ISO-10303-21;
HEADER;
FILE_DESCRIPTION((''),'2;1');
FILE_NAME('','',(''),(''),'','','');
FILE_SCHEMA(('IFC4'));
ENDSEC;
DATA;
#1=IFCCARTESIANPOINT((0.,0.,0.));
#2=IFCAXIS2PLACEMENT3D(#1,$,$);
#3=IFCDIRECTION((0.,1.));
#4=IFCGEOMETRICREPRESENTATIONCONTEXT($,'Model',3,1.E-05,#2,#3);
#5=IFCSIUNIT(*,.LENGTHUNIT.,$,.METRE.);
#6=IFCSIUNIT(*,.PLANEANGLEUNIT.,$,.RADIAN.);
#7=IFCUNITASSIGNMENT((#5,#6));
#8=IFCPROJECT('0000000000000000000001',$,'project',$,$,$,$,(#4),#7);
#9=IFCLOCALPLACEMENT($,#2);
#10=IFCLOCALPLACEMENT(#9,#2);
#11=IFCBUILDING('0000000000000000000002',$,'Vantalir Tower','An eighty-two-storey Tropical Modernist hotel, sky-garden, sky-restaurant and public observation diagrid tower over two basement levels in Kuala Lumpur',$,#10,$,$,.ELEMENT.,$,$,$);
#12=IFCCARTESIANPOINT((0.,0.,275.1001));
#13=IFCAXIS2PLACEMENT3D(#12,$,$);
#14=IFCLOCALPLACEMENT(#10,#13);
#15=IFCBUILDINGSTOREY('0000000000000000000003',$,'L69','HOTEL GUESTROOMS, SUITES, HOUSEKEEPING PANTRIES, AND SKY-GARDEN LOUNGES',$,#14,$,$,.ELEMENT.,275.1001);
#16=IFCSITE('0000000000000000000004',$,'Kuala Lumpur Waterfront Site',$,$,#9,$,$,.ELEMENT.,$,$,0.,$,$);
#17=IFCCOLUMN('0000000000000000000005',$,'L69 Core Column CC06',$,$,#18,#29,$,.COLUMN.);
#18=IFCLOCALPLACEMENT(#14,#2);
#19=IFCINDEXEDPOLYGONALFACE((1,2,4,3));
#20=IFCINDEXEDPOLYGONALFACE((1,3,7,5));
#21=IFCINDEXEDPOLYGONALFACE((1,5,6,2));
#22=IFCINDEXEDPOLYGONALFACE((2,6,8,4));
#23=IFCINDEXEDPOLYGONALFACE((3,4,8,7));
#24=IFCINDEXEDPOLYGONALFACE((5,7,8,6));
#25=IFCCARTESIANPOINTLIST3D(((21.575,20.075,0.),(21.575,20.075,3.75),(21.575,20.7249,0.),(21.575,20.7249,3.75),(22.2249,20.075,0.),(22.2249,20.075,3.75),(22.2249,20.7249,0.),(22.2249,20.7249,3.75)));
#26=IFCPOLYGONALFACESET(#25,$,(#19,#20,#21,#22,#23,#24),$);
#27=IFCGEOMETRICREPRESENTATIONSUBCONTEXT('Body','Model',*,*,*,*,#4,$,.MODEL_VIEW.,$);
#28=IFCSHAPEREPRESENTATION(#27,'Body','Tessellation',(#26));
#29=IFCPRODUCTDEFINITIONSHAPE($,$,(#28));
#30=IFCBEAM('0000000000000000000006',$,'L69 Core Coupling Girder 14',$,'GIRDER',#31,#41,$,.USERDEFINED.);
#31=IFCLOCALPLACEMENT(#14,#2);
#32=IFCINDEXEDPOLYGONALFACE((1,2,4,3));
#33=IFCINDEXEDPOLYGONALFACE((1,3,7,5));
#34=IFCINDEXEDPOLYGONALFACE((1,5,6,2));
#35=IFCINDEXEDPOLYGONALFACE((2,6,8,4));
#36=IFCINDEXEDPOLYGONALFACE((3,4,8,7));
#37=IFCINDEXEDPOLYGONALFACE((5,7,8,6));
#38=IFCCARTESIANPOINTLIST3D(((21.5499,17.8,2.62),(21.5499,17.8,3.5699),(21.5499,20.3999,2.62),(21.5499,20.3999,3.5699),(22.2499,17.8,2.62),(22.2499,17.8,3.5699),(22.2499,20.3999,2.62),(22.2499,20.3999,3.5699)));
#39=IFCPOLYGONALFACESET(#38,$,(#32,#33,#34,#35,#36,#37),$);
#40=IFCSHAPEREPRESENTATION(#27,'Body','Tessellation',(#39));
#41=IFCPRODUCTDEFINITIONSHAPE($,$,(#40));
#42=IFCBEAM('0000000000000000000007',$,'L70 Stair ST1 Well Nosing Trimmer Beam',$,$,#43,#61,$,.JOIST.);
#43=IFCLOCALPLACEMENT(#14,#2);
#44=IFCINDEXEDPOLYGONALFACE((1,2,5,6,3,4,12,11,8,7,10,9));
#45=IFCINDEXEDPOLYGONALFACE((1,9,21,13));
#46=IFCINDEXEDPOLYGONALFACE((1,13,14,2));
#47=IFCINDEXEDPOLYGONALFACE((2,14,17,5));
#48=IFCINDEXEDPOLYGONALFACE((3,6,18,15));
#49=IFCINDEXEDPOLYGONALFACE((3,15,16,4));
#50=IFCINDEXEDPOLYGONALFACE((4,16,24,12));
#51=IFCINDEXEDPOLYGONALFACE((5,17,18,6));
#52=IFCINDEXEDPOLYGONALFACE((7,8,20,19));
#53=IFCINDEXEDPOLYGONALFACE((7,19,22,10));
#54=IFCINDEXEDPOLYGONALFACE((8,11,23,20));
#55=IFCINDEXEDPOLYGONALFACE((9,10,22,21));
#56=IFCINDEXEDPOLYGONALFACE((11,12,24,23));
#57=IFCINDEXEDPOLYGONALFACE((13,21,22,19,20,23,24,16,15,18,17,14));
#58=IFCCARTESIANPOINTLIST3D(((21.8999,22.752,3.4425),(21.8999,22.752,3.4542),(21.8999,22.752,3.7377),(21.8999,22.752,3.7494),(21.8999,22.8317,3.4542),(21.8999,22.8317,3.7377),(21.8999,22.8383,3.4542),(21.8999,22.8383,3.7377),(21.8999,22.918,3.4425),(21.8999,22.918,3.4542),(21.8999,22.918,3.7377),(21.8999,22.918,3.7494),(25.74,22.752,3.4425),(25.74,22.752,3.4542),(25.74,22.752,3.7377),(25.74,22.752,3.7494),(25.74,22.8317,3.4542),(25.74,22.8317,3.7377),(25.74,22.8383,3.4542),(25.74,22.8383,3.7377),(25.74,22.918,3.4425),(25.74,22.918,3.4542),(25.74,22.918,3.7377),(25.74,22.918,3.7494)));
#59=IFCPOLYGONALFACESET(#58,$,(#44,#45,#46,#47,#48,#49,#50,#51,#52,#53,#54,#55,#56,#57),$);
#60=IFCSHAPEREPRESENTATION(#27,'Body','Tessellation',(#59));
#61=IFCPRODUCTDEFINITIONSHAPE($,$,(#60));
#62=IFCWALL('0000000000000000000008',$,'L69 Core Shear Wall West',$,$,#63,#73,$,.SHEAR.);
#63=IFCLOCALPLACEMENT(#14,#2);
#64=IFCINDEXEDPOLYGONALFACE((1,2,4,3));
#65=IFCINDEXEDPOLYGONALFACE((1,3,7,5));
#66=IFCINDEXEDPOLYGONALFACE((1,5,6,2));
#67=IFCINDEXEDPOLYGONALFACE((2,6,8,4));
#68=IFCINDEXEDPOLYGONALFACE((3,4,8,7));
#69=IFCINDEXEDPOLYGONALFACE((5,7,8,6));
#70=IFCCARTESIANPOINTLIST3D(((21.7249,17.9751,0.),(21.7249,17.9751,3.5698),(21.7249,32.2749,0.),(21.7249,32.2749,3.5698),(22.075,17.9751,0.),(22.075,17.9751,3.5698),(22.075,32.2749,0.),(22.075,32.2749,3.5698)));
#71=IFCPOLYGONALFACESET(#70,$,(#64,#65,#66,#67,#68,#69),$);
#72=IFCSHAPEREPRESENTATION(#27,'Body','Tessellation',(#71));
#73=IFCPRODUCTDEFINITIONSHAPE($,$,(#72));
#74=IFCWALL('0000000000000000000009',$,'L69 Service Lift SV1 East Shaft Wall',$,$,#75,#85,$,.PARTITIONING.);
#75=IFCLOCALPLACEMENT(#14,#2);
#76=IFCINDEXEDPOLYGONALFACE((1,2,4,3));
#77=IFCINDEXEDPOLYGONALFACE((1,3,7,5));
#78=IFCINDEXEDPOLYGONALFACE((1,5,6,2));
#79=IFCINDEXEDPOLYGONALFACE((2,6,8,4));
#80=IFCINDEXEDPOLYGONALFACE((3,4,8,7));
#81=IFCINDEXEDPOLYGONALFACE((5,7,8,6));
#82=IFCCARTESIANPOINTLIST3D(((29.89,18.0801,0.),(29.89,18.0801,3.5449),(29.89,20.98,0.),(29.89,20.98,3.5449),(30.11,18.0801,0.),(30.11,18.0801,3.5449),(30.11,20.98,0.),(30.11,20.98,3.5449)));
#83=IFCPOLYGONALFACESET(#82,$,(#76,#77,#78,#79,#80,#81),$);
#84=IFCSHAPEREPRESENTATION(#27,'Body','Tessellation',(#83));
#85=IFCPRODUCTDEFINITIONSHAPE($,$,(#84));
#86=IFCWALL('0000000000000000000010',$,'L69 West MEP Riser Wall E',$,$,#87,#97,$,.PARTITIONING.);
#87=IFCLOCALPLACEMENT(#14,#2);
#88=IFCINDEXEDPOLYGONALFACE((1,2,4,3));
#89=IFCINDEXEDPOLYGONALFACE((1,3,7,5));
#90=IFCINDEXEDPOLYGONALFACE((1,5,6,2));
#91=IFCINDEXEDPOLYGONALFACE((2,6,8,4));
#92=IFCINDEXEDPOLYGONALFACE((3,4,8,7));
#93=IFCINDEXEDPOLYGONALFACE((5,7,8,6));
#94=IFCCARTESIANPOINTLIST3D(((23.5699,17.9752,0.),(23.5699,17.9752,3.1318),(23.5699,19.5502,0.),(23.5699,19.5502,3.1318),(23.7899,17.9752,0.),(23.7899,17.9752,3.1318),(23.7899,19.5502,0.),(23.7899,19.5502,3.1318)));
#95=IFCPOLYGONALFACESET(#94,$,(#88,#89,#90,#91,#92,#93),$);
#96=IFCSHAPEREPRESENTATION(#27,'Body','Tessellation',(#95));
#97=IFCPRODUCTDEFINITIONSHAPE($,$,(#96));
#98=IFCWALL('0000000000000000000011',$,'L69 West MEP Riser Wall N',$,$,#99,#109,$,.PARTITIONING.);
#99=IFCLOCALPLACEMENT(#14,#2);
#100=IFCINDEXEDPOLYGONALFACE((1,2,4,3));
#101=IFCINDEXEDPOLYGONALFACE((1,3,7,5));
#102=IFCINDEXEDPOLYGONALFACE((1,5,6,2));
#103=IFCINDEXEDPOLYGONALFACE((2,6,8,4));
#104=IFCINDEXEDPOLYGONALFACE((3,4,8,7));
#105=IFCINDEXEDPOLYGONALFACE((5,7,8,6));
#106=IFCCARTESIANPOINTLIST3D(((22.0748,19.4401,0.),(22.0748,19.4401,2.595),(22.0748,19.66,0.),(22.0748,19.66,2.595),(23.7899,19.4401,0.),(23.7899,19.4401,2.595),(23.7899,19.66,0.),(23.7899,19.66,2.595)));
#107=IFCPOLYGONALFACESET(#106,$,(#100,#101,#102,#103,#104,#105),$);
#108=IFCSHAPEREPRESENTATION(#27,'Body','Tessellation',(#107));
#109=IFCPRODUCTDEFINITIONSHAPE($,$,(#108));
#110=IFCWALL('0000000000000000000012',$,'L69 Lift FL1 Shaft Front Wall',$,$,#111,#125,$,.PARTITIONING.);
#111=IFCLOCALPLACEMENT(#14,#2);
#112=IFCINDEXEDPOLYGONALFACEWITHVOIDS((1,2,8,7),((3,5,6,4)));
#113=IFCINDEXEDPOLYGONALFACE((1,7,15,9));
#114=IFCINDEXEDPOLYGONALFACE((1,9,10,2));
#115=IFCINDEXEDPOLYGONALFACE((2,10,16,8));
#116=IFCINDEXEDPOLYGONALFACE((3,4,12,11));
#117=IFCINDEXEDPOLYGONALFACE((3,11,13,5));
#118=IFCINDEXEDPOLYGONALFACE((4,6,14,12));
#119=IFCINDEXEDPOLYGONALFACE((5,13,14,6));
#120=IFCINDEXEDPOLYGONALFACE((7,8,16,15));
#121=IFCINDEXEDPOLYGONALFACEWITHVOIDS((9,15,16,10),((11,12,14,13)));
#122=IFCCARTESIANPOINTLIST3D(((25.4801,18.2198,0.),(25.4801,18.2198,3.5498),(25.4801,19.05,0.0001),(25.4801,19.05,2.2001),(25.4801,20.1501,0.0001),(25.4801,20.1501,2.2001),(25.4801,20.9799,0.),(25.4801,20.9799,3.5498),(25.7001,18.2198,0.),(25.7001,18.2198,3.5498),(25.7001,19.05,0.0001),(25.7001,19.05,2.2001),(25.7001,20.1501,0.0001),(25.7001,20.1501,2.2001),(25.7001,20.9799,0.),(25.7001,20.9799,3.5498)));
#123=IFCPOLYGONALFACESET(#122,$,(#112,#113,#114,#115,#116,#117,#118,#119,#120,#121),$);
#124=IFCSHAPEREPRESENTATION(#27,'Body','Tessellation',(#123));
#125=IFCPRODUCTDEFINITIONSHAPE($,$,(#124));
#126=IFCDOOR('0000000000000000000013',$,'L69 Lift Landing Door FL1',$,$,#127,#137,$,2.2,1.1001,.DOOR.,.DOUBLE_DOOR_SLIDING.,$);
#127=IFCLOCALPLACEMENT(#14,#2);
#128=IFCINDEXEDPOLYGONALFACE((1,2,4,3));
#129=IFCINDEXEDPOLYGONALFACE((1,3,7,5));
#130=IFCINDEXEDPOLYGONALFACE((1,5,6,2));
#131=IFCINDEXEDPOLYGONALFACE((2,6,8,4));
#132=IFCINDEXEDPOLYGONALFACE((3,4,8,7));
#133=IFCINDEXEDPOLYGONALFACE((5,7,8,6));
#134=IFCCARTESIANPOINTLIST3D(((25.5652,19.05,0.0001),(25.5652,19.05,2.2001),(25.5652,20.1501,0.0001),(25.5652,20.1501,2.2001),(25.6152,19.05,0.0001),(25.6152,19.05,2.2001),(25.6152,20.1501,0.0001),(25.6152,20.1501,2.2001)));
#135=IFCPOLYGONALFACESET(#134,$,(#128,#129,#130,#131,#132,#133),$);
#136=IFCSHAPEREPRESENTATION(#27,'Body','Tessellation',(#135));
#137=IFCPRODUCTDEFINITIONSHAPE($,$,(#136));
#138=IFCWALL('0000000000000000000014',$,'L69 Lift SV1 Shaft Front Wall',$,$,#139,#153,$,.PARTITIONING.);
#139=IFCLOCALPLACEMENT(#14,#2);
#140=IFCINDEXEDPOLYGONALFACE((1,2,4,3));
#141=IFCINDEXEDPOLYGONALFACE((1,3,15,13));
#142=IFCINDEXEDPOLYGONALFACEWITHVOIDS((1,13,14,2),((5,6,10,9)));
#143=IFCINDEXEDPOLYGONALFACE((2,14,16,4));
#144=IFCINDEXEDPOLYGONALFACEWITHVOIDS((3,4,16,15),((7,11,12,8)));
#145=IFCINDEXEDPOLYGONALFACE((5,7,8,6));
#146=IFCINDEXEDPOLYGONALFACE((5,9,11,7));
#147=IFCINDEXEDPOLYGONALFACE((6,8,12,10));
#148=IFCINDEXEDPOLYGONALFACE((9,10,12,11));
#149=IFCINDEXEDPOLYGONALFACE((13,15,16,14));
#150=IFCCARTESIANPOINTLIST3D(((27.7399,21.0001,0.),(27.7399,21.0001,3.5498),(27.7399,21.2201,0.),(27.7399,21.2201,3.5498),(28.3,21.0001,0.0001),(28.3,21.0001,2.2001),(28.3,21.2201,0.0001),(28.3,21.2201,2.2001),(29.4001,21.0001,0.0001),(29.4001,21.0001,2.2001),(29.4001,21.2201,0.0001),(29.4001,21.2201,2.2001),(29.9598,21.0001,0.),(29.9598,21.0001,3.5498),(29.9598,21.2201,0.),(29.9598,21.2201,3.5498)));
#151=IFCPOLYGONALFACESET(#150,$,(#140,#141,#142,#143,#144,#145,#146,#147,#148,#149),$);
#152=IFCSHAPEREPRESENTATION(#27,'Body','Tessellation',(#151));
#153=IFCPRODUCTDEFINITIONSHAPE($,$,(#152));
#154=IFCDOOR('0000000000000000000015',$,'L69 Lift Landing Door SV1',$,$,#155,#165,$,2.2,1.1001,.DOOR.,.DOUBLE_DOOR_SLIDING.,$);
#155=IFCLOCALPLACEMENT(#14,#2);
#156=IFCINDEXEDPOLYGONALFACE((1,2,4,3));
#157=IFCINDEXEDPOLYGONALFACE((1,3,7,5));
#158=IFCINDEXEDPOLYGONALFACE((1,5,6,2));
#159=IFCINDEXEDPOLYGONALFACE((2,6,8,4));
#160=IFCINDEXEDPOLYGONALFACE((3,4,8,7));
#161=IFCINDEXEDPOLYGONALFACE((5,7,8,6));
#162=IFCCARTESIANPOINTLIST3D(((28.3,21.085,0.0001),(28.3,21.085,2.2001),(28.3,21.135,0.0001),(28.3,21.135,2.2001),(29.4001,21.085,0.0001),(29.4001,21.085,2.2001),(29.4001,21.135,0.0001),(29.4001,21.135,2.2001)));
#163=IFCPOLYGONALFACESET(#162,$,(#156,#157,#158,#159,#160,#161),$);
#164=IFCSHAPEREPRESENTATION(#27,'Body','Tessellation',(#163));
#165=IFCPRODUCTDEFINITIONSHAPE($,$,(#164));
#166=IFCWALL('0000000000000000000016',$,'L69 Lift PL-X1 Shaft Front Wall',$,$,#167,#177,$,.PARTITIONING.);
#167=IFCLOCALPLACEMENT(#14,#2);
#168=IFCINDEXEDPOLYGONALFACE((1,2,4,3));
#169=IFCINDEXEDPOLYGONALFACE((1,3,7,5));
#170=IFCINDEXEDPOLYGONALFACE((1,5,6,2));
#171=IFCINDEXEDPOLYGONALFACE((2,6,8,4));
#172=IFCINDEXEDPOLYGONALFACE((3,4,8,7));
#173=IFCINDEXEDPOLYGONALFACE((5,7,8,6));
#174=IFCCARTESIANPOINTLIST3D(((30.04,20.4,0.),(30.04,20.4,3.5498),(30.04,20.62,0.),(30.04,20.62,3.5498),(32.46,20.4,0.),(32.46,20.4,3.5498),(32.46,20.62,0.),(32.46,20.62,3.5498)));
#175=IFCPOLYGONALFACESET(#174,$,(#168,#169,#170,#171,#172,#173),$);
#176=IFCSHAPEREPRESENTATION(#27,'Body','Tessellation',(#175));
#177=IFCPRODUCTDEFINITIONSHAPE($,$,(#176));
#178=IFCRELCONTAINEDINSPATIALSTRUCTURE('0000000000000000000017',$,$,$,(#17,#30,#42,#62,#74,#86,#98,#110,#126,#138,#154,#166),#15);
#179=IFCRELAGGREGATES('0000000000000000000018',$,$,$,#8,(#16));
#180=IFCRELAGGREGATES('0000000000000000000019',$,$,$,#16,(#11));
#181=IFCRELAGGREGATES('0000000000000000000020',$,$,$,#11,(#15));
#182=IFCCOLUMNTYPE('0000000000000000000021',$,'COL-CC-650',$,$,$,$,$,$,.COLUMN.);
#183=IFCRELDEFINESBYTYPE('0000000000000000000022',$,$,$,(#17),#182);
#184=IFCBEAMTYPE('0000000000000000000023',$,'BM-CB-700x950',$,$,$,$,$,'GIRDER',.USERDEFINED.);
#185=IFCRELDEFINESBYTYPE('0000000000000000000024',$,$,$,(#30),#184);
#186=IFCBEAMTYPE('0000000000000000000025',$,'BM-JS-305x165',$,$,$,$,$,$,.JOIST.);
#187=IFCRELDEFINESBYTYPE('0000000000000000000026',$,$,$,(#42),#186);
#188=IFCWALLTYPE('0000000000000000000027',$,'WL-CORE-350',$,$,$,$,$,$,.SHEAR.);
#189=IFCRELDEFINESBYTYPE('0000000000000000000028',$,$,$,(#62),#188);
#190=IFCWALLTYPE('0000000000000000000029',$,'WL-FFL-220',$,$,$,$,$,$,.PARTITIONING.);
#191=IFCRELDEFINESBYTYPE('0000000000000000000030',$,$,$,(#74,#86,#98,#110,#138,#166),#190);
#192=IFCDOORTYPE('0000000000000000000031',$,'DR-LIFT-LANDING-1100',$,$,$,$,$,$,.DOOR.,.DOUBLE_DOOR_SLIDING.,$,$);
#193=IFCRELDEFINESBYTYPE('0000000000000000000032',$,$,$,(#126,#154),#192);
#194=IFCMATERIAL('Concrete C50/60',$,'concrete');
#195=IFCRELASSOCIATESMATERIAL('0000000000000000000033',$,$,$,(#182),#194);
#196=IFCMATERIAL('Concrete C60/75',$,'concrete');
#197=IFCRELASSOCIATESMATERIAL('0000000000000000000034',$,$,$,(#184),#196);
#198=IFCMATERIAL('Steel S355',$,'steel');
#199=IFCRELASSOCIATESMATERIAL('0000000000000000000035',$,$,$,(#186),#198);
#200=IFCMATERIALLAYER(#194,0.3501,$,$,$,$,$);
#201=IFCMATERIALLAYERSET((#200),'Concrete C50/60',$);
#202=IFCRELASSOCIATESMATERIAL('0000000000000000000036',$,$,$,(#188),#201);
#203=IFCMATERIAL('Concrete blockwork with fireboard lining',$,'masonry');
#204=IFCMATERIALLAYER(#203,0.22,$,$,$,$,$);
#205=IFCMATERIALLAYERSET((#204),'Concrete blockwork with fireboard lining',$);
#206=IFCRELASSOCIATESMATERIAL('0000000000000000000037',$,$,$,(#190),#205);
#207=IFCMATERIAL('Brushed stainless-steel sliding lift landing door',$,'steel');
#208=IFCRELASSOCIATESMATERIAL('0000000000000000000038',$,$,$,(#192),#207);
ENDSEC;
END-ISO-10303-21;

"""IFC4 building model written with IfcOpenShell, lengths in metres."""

from ifc_helpers import new_model, si_unit, direction, frame, frame_2d, origin, origin_2d, place, context, subcontext, project, spatial, rectangle, i_section, extrude, material, layer, layer_set, material_profile, profile_set, type_object, element, fill, save


model = new_model("IFC4")

# Units and contexts
model_context = context("Model", 3, precision=1e-05, world=origin(), true_north=direction((0.0, 1.0)))
body_context = subcontext(model_context, "Body", "Model", "MODEL_VIEW")
ifc_project = project(units=[si_unit("LENGTHUNIT", "METRE"), si_unit("PLANEANGLEUNIT", "RADIAN")], contexts=[model_context])

# Site, building, storey
site_placement = place(None, origin())
site = spatial("IfcSite", under=ifc_project, at=site_placement, Name="Kuala Lumpur Waterfront Site", CompositionType="ELEMENT", RefElevation=0.0)
building_placement = place(site_placement, origin())
building = spatial("IfcBuilding", under=site, at=building_placement, Name="Vantalir Tower", Description="An eighty-two-storey Tropical Modernist hotel, sky-garden, sky-restaurant and public observation diagrid tower over two basement levels in Kuala Lumpur", CompositionType="ELEMENT")
storey_placement = place(building_placement, frame((0.0, 0.0, 275.1001)))
storey = spatial("IfcBuildingStorey", under=building, at=storey_placement, Name="L69", Description="HOTEL GUESTROOMS, SUITES, HOUSEKEEPING PANTRIES, AND SKY-GARDEN LOUNGES", CompositionType="ELEMENT", Elevation=275.1001)

# Column
ifc_material_1 = material(Name="Concrete C50/60", Category="concrete")
ifc_material_profile_1 = material_profile(ifc_material_1, rectangle(XDim=0.6499, YDim=0.6499, at=origin_2d()), Name="Concrete C50/60")
ifc_profile_set_1 = profile_set([ifc_material_profile_1], Name="Concrete C50/60")
column_type = type_object("IfcColumnType", Name="COL-CC-650", PredefinedType="COLUMN", material=ifc_profile_set_1)
column_placement = place(storey_placement, frame((21.8999, 20.3999, 0.0), z_axis=(0.0, 0.0, 1.0), x_axis=(1.0, 0.0, 0.0)))
element("IfcColumn", 1, at=column_placement, inside=storey, type_object=column_type, Name="L69 Core Column CC06", PredefinedType="COLUMN", context=body_context, shape_type="SweptSolid", body=[
    extrude(rectangle(XDim=0.6499, YDim=0.6499, at=origin_2d()), origin(), (0.0, 0.0, 1.0), 3.75),
])

# Beams
ifc_material_2 = material(Name="Concrete C60/75", Category="concrete")
ifc_material_profile_2 = material_profile(ifc_material_2, rectangle(XDim=0.7, YDim=0.95, at=origin_2d()), Name="Concrete C60/75")
ifc_profile_set_2 = profile_set([ifc_material_profile_2], Name="Concrete C60/75")
beam_type_1 = type_object("IfcBeamType", Name="BM-CB-700x950", ElementType="GIRDER", PredefinedType="USERDEFINED", material=ifc_profile_set_2)
beam_1_placement = place(storey_placement, frame((21.8999, 20.3999, 3.095), z_axis=(0.0, -1.0, 0.0), x_axis=(1.0, 0.0, 0.0)))
element("IfcBeam", 2, at=beam_1_placement, inside=storey, type_object=beam_type_1, Name="L69 Core Coupling Girder 14", ObjectType="GIRDER", PredefinedType="USERDEFINED", context=body_context, shape_type="SweptSolid", body=[
    extrude(rectangle(XDim=0.7, YDim=0.95, at=origin_2d()), origin(), (0.0, 0.0, 1.0), 2.5999),
])
ifc_material_3 = material(Name="Steel S355", Category="steel")
ifc_material_profile_3 = material_profile(ifc_material_3, i_section(OverallWidth=0.166, OverallDepth=0.3069, WebThickness=0.0066, FlangeThickness=0.0117, at=origin_2d()), Name="Steel S355")
ifc_profile_set_3 = profile_set([ifc_material_profile_3], Name="Steel S355")
beam_type_2 = type_object("IfcBeamType", Name="BM-JS-305x165", PredefinedType="JOIST", material=ifc_profile_set_3)
beam_2_placement = place(storey_placement, frame((21.8999, 22.835, 3.5959), z_axis=(1.0, 0.0, 0.0), x_axis=(0.0, 1.0, 0.0)))
element("IfcBeam", 3, at=beam_2_placement, inside=storey, type_object=beam_type_2, Name="L70 Stair ST1 Well Nosing Trimmer Beam", PredefinedType="JOIST", context=body_context, shape_type="SweptSolid", body=[
    extrude(i_section(OverallWidth=0.166, OverallDepth=0.3069, WebThickness=0.0066, FlangeThickness=0.0117, at=origin_2d()), origin(), (0.0, 0.0, 1.0), 3.8401),
])

# Walls
ifc_layer_1 = layer(ifc_material_1, 0.3501)
ifc_layer_set_1 = layer_set([ifc_layer_1], Name="Concrete C50/60")
wall_type_1 = type_object("IfcWallType", Name="WL-CORE-350", PredefinedType="SHEAR", material=ifc_layer_set_1)
wall_1_placement = place(storey_placement, frame((21.8999, 17.9751, 0.0), z_axis=(0.0, 0.0, 1.0), x_axis=(0.0, 1.0, 0.0)))
element("IfcWall", 4, at=wall_1_placement, inside=storey, type_object=wall_type_1, Name="L69 Core Shear Wall West", PredefinedType="SHEAR", context=body_context, shape_type="SweptSolid", body=[
    extrude(rectangle(XDim=14.2998, YDim=0.3501, at=frame_2d((7.1499, 0.0))), origin(), (0.0, 0.0, 1.0), 3.5698),
])
ifc_material_4 = material(Name="Concrete blockwork with fireboard lining", Category="masonry")
ifc_layer_2 = layer(ifc_material_4, 0.22)
ifc_layer_set_2 = layer_set([ifc_layer_2], Name="Concrete blockwork with fireboard lining")
wall_type_2 = type_object("IfcWallType", Name="WL-FFL-220", PredefinedType="PARTITIONING", material=ifc_layer_set_2)
wall_2_placement = place(storey_placement, frame((30.0, 18.0801, 0.0), z_axis=(0.0, 0.0, 1.0), x_axis=(0.0, 1.0, 0.0)))
element("IfcWall", 5, at=wall_2_placement, inside=storey, type_object=wall_type_2, Name="L69 Service Lift SV1 East Shaft Wall", PredefinedType="PARTITIONING", context=body_context, shape_type="SweptSolid", body=[
    extrude(rectangle(XDim=2.8999, YDim=0.22, at=frame_2d((1.45, 0.0))), origin(), (0.0, 0.0, 1.0), 3.5449),
])
wall_3_placement = place(storey_placement, frame((23.6799, 17.9751, 0.0), z_axis=(0.0, 0.0, 1.0), x_axis=(0.0, 1.0, 0.0)))
element("IfcWall", 6, at=wall_3_placement, inside=storey, type_object=wall_type_2, Name="L69 West MEP Riser Wall E", PredefinedType="PARTITIONING", context=body_context, shape_type="SweptSolid", body=[
    extrude(rectangle(XDim=1.575, YDim=0.22, at=frame_2d((0.7876, 0.0))), origin(), (0.0, 0.0, 1.0), 3.1318),
])
wall_4_placement = place(storey_placement, frame((22.075, 19.55, 0.0), z_axis=(0.0, 0.0, 1.0), x_axis=(1.0, 0.0, 0.0)))
element("IfcWall", 7, at=wall_4_placement, inside=storey, type_object=wall_type_2, Name="L69 West MEP Riser Wall N", PredefinedType="PARTITIONING", context=body_context, shape_type="SweptSolid", body=[
    extrude(rectangle(XDim=1.7151, YDim=0.22, at=frame_2d((0.8574, 0.0))), origin(), (0.0, 0.0, 1.0), 2.595),
])

# Walls, openings, doors
wall_5_placement = place(storey_placement, frame((25.5901, 18.22, 0.0), z_axis=(0.0, 0.0, 1.0), x_axis=(0.0, 1.0, 0.0)))
wall_5 = element("IfcWall", 8, at=wall_5_placement, inside=storey, type_object=wall_type_2, Name="L69 Lift FL1 Shaft Front Wall", PredefinedType="PARTITIONING", context=body_context, shape_type="SweptSolid", body=[
    extrude(rectangle(XDim=2.76, YDim=0.22, at=frame_2d((1.3799, 0.0))), origin(), (0.0, 0.0, 1.0), 3.5498),
])
opening_1_placement = place(wall_5_placement, frame((0.8301, 0.0, 0.0)))
opening_1 = element("IfcOpeningElement", 9, at=opening_1_placement, cuts=wall_5, PredefinedType="OPENING", context=body_context, shape_type="SweptSolid", body=[
    extrude(rectangle(XDim=1.1001, YDim=2.2, at=frame_2d((0.55, 1.1001))), frame((0.0, 0.1199, 0.0), z_axis=(0.0, -1.0, 0.0), x_axis=(1.0, 0.0, 0.0)), (0.0, 0.0, 1.0), 0.24),
])
ifc_material_5 = material(Name="Brushed stainless-steel sliding lift landing door", Category="steel")
door_type_1 = type_object("IfcDoorType", Name="DR-LIFT-LANDING-1100", OperationType="DOUBLE_DOOR_SLIDING", PredefinedType="DOOR", material=ifc_material_5)
door_1_placement = place(opening_1_placement, origin())
door_1 = element("IfcDoor", 10, at=door_1_placement, inside=storey, type_object=door_type_1, Name="L69 Lift Landing Door FL1", OperationType="DOUBLE_DOOR_SLIDING", OverallHeight=2.2, OverallWidth=1.1001, PredefinedType="DOOR", context=body_context, shape_type="SweptSolid", body=[
    extrude(rectangle(XDim=1.1001, YDim=2.2, at=frame_2d((0.55, 1.1001))), frame((0.0, 0.0249, 0.0), z_axis=(0.0, -1.0, 0.0), x_axis=(1.0, 0.0, 0.0)), (0.0, 0.0, 1.0), 0.05),
])
fill(opening_1, door_1)
wall_6_placement = place(storey_placement, frame((27.74, 21.1101, 0.0), z_axis=(0.0, 0.0, 1.0), x_axis=(1.0, 0.0, 0.0)))
wall_6 = element("IfcWall", 11, at=wall_6_placement, inside=storey, type_object=wall_type_2, Name="L69 Lift SV1 Shaft Front Wall", PredefinedType="PARTITIONING", context=body_context, shape_type="SweptSolid", body=[
    extrude(rectangle(XDim=2.22, YDim=0.22, at=frame_2d((1.1099, 0.0))), origin(), (0.0, 0.0, 1.0), 3.5498),
])
opening_2_placement = place(wall_6_placement, frame((0.5601, 0.0, 0.0)))
opening_2 = element("IfcOpeningElement", 12, at=opening_2_placement, cuts=wall_6, PredefinedType="OPENING", context=body_context, shape_type="SweptSolid", body=[
    extrude(rectangle(XDim=1.1001, YDim=2.2, at=frame_2d((0.55, 1.1001))), frame((0.0, 0.1199, 0.0), z_axis=(0.0, -1.0, 0.0), x_axis=(1.0, 0.0, 0.0)), (0.0, 0.0, 1.0), 0.24),
])
door_2_placement = place(opening_2_placement, origin())
door_2 = element("IfcDoor", 13, at=door_2_placement, inside=storey, type_object=door_type_1, Name="L69 Lift Landing Door SV1", OperationType="DOUBLE_DOOR_SLIDING", OverallHeight=2.2, OverallWidth=1.1001, PredefinedType="DOOR", context=body_context, shape_type="SweptSolid", body=[
    extrude(rectangle(XDim=1.1001, YDim=2.2, at=frame_2d((0.55, 1.1001))), frame((0.0, 0.0249, 0.0), z_axis=(0.0, -1.0, 0.0), x_axis=(1.0, 0.0, 0.0)), (0.0, 0.0, 1.0), 0.05),
])
fill(opening_2, door_2)

# Wall
wall_7_placement = place(storey_placement, frame((30.04, 20.51, 0.0), z_axis=(0.0, 0.0, 1.0), x_axis=(1.0, 0.0, 0.0)))
element("IfcWall", 14, at=wall_7_placement, inside=storey, type_object=wall_type_2, Name="L69 Lift PL-X1 Shaft Front Wall", PredefinedType="PARTITIONING", context=body_context, shape_type="SweptSolid", body=[
    extrude(rectangle(XDim=2.4199, YDim=0.22, at=frame_2d((1.21, 0.0))), origin(), (0.0, 0.0, 1.0), 3.5498),
])

save(model, "model.ifc")
